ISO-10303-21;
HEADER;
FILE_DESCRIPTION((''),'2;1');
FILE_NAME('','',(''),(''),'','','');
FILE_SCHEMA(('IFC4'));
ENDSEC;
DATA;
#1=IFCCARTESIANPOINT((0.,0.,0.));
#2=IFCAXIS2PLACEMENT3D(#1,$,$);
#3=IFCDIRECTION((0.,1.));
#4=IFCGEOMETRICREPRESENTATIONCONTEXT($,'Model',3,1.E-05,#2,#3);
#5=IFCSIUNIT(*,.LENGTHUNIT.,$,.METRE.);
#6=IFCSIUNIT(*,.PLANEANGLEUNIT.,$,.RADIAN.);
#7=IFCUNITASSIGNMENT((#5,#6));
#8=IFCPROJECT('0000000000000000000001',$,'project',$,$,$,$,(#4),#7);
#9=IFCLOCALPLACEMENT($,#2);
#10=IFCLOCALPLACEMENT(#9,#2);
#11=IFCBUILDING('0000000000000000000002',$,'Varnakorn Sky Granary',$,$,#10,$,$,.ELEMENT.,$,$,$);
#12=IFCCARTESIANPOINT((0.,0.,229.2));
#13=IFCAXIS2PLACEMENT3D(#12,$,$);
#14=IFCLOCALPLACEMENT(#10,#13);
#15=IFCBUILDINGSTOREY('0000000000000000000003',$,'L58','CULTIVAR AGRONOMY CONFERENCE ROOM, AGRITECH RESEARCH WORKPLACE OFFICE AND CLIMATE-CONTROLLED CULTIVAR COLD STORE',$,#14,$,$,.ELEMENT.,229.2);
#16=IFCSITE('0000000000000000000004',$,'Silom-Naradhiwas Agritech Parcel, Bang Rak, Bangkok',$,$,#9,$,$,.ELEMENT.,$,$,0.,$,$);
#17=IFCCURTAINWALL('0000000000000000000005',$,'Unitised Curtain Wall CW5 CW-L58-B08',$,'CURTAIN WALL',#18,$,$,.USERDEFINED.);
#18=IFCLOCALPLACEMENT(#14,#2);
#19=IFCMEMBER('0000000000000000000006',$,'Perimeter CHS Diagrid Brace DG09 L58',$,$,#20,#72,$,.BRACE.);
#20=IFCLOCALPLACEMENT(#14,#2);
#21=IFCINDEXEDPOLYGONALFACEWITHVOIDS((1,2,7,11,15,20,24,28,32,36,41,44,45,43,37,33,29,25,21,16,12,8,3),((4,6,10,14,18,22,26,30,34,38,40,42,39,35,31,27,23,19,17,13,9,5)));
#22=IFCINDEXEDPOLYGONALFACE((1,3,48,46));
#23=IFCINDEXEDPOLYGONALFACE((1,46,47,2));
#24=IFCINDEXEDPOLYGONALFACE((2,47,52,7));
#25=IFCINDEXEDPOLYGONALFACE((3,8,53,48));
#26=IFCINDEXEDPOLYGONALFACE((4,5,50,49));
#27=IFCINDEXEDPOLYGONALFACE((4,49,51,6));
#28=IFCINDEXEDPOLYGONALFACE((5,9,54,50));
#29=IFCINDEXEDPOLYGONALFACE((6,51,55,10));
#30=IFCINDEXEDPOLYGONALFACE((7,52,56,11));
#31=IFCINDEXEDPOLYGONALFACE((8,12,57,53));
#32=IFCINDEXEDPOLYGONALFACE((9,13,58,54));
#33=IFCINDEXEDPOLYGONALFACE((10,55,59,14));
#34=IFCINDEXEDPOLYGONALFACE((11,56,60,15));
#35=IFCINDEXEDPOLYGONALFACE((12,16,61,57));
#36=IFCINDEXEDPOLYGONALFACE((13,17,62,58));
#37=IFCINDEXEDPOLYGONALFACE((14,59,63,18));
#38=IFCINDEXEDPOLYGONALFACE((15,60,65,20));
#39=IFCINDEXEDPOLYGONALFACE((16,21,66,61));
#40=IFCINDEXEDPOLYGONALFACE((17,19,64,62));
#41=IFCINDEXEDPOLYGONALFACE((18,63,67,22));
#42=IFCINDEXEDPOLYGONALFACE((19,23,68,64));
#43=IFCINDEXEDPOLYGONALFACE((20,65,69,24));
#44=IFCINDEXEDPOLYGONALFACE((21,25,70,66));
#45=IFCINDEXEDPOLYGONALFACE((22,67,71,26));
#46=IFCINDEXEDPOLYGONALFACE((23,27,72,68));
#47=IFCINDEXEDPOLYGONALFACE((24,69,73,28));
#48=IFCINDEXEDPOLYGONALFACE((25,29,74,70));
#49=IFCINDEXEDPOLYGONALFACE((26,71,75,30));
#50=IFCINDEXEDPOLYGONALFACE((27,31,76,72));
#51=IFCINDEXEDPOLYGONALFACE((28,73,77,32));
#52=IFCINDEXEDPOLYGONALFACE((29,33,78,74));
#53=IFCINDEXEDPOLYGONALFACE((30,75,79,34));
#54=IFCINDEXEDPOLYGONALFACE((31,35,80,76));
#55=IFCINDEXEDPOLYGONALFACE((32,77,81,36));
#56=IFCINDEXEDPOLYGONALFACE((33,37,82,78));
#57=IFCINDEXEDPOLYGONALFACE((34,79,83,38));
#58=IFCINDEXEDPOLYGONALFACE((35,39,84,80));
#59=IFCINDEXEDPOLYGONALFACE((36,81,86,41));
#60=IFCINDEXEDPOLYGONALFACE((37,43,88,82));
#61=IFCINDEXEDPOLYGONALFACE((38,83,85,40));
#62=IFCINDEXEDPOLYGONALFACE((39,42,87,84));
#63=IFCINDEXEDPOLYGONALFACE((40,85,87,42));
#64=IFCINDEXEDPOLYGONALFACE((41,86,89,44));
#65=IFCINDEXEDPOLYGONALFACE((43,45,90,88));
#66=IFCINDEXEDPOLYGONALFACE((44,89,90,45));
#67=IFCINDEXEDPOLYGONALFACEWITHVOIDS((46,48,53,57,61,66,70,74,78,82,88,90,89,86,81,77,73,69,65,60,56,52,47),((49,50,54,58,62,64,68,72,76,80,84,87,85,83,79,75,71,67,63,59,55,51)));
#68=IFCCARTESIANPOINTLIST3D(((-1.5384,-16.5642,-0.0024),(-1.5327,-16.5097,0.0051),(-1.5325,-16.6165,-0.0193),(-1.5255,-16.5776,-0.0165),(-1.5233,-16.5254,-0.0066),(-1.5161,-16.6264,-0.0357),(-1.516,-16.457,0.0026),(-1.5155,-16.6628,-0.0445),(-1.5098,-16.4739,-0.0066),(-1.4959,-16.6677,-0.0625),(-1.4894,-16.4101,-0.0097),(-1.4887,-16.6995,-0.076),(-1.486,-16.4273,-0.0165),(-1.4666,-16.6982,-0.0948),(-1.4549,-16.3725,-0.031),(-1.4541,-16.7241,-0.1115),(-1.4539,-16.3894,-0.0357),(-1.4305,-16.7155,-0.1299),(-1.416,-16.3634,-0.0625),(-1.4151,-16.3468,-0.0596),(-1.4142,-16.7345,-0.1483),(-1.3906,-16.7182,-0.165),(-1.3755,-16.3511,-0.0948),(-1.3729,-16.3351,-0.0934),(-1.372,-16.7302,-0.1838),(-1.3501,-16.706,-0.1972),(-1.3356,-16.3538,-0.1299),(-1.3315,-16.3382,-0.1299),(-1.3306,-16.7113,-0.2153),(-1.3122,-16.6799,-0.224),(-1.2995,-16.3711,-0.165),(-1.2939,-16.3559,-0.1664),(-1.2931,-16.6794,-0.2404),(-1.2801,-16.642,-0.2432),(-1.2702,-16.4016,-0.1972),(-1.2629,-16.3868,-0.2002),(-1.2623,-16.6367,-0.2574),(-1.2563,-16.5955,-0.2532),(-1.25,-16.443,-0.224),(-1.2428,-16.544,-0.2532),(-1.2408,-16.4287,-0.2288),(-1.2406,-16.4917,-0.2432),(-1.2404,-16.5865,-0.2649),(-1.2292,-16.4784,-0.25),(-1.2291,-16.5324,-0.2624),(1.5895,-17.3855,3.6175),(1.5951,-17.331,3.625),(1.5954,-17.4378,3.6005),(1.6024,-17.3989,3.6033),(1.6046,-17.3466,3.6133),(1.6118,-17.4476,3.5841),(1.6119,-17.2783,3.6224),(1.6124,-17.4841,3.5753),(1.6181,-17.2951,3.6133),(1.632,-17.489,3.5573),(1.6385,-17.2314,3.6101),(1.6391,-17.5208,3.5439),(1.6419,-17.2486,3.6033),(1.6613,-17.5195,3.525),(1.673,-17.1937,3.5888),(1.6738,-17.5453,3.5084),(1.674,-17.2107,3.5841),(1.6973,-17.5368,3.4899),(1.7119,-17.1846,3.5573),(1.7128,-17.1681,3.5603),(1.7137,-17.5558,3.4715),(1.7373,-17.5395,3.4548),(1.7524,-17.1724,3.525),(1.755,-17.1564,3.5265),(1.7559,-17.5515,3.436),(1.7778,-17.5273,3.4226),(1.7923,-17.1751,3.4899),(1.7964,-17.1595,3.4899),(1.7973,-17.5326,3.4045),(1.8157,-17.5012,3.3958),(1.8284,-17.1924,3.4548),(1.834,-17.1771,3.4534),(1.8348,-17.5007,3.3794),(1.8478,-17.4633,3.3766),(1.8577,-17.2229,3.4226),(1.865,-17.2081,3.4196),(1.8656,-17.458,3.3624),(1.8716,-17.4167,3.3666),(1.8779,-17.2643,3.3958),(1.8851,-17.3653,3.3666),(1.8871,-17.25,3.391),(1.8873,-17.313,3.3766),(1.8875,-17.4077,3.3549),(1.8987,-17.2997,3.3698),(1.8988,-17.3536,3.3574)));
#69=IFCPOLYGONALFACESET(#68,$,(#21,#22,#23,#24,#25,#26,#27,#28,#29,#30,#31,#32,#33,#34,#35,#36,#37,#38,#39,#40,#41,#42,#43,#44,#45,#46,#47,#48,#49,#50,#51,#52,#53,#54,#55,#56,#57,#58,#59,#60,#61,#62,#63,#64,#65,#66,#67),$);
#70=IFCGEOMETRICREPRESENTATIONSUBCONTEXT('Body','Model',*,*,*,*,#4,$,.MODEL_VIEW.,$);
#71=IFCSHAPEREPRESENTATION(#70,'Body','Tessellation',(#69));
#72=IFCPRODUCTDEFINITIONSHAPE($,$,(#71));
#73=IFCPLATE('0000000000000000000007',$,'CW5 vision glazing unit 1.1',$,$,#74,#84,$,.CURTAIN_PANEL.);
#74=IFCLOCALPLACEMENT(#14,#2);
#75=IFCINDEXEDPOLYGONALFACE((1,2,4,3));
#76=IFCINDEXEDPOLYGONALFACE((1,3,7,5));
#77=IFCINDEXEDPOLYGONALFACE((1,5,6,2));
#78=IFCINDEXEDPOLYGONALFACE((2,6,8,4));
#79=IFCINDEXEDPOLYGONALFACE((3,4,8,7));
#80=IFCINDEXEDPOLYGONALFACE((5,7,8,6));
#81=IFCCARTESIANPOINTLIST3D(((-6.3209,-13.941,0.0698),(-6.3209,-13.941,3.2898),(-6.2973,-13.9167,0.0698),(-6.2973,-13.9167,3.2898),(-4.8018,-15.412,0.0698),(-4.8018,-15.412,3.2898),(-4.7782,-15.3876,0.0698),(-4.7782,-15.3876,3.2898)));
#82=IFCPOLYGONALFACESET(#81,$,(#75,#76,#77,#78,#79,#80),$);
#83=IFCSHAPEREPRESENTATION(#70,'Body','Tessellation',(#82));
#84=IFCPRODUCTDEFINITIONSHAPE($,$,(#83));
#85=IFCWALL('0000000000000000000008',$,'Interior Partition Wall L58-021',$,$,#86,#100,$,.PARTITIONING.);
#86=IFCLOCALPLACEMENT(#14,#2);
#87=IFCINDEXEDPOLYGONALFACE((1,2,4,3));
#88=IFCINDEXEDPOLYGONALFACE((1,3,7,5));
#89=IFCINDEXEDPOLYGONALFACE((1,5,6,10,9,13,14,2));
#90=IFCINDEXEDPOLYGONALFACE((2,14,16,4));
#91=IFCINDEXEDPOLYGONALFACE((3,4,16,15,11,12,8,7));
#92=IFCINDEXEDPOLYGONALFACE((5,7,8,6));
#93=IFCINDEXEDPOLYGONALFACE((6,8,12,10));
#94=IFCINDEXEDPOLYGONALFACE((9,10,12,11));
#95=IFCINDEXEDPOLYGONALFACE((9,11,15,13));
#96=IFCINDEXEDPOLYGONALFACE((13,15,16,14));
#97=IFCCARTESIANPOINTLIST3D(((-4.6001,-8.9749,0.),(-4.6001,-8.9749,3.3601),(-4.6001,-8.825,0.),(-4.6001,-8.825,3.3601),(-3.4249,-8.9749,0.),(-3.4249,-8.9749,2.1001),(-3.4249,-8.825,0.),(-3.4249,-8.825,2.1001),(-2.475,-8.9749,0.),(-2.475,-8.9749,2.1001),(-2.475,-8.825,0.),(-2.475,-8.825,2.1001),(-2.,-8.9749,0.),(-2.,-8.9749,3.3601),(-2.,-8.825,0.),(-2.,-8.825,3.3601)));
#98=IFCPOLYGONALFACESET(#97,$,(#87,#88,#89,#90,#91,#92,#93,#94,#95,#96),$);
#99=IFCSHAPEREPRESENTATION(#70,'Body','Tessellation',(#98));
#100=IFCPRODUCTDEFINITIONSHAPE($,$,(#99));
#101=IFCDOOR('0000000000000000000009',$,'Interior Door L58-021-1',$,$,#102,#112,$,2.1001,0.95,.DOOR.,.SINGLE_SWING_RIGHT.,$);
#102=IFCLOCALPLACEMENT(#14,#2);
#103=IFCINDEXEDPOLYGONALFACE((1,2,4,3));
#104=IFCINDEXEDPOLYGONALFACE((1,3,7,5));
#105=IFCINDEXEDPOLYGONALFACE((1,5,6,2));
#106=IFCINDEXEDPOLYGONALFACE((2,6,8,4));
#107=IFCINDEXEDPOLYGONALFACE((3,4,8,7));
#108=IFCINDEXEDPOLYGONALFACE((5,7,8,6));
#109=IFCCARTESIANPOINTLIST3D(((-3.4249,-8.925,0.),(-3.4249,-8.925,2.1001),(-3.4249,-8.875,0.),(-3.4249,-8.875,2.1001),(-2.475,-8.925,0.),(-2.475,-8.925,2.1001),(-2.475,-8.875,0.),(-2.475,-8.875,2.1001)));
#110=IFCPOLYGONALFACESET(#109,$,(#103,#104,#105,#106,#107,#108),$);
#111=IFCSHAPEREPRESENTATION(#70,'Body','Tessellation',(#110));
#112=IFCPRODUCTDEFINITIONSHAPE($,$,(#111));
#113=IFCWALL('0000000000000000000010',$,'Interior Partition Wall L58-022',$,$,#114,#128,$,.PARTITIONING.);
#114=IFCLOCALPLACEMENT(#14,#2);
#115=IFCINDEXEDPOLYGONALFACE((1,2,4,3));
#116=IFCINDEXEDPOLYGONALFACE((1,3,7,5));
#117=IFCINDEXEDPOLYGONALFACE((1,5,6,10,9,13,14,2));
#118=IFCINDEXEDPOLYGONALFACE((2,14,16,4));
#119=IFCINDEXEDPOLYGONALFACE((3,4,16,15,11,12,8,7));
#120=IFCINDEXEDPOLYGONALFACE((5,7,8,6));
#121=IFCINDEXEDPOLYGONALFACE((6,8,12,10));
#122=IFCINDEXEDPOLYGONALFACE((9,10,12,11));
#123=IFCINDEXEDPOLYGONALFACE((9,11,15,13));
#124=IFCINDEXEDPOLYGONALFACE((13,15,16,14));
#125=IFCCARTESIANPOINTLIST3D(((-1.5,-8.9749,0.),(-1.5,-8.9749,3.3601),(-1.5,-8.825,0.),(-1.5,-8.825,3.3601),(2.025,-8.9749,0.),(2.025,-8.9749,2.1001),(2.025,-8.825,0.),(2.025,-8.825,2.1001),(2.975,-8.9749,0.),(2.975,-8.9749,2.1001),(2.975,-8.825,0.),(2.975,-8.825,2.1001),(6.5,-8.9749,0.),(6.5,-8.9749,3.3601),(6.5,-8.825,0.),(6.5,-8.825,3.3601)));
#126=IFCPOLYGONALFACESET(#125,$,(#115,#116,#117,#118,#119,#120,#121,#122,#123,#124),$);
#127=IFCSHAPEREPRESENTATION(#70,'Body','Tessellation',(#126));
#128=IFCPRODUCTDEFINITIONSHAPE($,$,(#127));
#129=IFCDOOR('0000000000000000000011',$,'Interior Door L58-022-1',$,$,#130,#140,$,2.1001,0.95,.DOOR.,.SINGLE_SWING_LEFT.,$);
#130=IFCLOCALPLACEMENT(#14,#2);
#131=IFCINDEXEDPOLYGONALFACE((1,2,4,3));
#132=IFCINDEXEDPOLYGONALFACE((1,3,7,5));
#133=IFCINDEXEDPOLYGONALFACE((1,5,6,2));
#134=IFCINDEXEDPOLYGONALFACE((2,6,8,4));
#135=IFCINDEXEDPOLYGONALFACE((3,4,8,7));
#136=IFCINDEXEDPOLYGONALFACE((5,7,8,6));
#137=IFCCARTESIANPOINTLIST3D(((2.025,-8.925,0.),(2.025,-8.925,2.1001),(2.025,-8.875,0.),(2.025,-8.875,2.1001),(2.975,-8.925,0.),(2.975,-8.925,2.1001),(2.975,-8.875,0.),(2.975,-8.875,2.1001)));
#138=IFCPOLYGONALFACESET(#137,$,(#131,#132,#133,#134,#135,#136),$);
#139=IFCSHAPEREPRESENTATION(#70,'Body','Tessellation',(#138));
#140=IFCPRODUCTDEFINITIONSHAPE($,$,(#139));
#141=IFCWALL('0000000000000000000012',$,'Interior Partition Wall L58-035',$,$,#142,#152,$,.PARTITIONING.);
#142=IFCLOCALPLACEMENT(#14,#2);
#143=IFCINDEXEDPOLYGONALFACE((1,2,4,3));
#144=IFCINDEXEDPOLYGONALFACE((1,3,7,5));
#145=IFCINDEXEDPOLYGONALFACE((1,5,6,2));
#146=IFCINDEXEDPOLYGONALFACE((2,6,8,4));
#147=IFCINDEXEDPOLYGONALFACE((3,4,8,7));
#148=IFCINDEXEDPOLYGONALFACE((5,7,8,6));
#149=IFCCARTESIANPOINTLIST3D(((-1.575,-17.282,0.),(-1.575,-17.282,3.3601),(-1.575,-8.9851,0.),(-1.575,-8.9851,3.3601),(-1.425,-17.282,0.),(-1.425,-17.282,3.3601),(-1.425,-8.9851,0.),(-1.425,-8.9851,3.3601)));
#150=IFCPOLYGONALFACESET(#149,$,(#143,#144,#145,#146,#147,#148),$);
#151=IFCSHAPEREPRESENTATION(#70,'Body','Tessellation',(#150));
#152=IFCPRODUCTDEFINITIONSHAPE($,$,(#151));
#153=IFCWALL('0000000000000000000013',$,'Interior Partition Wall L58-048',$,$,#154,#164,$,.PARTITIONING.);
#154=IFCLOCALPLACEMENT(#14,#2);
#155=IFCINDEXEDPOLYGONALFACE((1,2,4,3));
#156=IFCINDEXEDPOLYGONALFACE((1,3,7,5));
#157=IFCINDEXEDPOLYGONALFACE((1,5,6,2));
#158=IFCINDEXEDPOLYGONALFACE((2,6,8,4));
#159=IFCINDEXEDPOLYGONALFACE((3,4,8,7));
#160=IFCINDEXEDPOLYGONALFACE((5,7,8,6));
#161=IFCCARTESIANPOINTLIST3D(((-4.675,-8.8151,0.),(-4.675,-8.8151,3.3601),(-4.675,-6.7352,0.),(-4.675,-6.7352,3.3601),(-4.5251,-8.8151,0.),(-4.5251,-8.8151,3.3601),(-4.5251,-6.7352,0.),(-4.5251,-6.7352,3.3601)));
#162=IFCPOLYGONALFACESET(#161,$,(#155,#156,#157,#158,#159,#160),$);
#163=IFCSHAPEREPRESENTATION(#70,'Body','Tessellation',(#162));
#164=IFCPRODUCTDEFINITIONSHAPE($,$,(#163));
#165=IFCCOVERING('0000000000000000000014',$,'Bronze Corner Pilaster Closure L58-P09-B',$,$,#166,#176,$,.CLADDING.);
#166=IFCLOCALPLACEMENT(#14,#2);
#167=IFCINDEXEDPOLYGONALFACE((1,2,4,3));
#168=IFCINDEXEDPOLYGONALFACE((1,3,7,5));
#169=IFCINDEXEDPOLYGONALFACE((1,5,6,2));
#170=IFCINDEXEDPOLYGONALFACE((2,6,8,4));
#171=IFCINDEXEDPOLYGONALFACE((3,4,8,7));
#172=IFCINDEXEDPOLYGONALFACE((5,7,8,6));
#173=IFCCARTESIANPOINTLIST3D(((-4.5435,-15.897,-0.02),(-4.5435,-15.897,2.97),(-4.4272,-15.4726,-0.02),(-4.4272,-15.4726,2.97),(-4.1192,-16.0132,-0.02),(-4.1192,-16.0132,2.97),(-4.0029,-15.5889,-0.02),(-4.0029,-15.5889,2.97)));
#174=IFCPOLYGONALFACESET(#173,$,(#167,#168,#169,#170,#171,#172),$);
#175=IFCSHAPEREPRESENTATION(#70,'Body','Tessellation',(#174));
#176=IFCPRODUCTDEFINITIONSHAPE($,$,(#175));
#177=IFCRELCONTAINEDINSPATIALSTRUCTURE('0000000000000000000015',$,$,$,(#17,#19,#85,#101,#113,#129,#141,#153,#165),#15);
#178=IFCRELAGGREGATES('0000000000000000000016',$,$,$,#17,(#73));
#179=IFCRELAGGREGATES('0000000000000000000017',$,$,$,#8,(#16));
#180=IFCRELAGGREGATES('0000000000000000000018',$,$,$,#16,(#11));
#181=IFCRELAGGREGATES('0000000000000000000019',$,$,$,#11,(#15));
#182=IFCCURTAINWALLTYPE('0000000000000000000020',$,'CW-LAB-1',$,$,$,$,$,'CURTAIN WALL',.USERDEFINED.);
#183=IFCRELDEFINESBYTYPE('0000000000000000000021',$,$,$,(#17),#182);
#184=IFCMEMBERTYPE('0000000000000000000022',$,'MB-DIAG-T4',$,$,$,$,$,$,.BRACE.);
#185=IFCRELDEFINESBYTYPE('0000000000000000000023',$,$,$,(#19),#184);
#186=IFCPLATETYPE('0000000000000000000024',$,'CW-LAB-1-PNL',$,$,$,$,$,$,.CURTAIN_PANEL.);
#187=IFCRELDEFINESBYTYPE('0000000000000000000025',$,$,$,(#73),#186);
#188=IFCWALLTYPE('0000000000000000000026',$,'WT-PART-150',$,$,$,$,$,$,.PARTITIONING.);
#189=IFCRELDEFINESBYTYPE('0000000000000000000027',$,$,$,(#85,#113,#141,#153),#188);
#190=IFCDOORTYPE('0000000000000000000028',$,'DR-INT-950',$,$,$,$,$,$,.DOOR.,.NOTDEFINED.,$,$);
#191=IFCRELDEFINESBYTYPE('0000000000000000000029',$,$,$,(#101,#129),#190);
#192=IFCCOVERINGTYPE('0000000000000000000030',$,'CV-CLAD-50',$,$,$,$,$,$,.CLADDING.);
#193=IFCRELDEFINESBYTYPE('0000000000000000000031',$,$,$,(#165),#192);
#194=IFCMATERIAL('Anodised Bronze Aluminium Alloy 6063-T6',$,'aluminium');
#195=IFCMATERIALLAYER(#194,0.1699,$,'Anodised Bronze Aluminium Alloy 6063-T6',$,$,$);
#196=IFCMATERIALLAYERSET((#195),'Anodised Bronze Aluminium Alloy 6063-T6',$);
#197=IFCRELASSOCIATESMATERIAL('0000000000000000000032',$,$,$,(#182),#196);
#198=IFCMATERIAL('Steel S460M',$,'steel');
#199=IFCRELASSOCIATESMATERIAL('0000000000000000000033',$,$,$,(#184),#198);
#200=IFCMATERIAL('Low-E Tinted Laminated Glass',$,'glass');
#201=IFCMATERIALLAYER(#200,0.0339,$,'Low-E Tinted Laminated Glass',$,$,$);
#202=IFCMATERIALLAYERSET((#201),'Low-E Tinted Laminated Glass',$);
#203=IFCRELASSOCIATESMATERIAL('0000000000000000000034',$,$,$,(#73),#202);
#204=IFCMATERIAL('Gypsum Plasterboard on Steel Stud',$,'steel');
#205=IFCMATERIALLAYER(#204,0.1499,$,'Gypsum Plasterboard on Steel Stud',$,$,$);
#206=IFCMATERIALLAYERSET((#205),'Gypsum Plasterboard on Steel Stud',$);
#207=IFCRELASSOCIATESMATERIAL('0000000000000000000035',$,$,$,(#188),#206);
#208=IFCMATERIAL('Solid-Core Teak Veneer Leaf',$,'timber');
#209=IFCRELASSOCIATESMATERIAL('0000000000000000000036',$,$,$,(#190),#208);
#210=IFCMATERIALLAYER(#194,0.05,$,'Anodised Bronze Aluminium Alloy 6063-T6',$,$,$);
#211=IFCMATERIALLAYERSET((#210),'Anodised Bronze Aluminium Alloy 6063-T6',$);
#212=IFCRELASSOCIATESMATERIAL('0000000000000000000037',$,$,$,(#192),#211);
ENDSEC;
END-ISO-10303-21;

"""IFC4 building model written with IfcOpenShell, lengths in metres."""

from ifc_helpers import new_model, si_unit, direction, frame, frame_2d, origin, origin_2d, place, context, subcontext, project, spatial, rectangle, hollow_circle, extrude, source, transform, mapped, material, layer, layer_set, material_profile, profile_set, type_object, type_shapes, element, fill, aggregate, save


model = new_model("IFC4")

# Units and contexts
model_context = context("Model", 3, precision=1e-05, world=origin(), true_north=direction((0.0, 1.0)))
body_context = subcontext(model_context, "Body", "Model", "MODEL_VIEW")
ifc_project = project(units=[si_unit("LENGTHUNIT", "METRE"), si_unit("PLANEANGLEUNIT", "RADIAN")], contexts=[model_context])

# Site, building, storey
site_placement = place(None, origin())
site = spatial("IfcSite", under=ifc_project, at=site_placement, Name="Silom-Naradhiwas Agritech Parcel, Bang Rak, Bangkok", CompositionType="ELEMENT", RefElevation=0.0)
building_placement = place(site_placement, origin())
building = spatial("IfcBuilding", under=site, at=building_placement, Name="Varnakorn Sky Granary", CompositionType="ELEMENT")
storey_placement = place(building_placement, frame((0.0, 0.0, 229.2)))
storey = spatial("IfcBuildingStorey", under=building, at=storey_placement, Name="L58", Description="CULTIVAR AGRONOMY CONFERENCE ROOM, AGRITECH RESEARCH WORKPLACE OFFICE AND CLIMATE-CONTROLLED CULTIVAR COLD STORE", CompositionType="ELEMENT", Elevation=229.2)

# Shared definitions
ifc_material_1 = material(Name="Steel S460M", Category="steel")

# Curtain wall
ifc_material_2 = material(Name="Anodised Bronze Aluminium Alloy 6063-T6", Category="aluminium")
ifc_layer_1 = layer(ifc_material_2, 0.1699, Name="Anodised Bronze Aluminium Alloy 6063-T6")
ifc_layer_set_1 = layer_set([ifc_layer_1], Name="Anodised Bronze Aluminium Alloy 6063-T6")
curtain_wall_type = type_object("IfcCurtainWallType", Name="CW-LAB-1", ElementType="CURTAIN WALL", PredefinedType="USERDEFINED", material=ifc_layer_set_1)
curtain_wall_placement = place(storey_placement, origin())
curtain_wall = element("IfcCurtainWall", 1, at=curtain_wall_placement, inside=storey, type_object=curtain_wall_type, Name="Unitised Curtain Wall CW5 CW-L58-B08", ObjectType="CURTAIN WALL", PredefinedType="USERDEFINED")

# Member
ifc_material_profile_1 = material_profile(ifc_material_1, hollow_circle(Radius=0.2031, WallThickness=0.0161, at=origin_2d()), Name="CHS 406.4x16")
ifc_profile_set_1 = profile_set([ifc_material_profile_1], Name="Steel S460M")
member_type_1 = type_object("IfcMemberType", Name="MB-DIAG-T4", PredefinedType="BRACE", material=ifc_profile_set_1)
member_1_placement = place(storey_placement, frame((-1.3831, -16.5347, -0.1299), z_axis=(0.644394, -0.169196, 0.745741), x_axis=(0.253958, 0.967215, 0.0)))
element("IfcMember", 2, at=member_1_placement, inside=storey, type_object=member_type_1, Name="Perimeter CHS Diagrid Brace DG09 L58", PredefinedType="BRACE", context=body_context, shape_type="SweptSolid", body=[
    extrude(hollow_circle(Radius=0.2031, WallThickness=0.0161, at=origin_2d()), origin(), (0.0, 0.0, 1.0), 4.854),
])

# Plate
ifc_material_3 = material(Name="Low-E Tinted Laminated Glass", Category="glass")
ifc_layer_2 = layer(ifc_material_3, 0.0339, Name="Low-E Tinted Laminated Glass")
ifc_layer_set_2 = layer_set([ifc_layer_2], Name="Low-E Tinted Laminated Glass")
plate_type = type_object("IfcPlateType", Name="CW-LAB-1-PNL", PredefinedType="CURTAIN_PANEL")
shared_shape_1 = source(origin(), body_context, "Body", "SweptSolid", [
    extrude(rectangle(XDim=2.1145, YDim=0.0339, at=origin_2d()), origin(), (0.0, 0.0, 1.0), 3.22),
])
type_shapes(plate_type, [shared_shape_1])
plate_placement = place(storey_placement, frame((-5.5496, -14.6643, 0.0698), z_axis=(0.0, 0.0, 1.0), x_axis=(-0.71839, 0.69564, 0.0)))
plate = element("IfcPlate", 3, at=plate_placement, type_object=plate_type, material=ifc_layer_set_2, Name="CW5 vision glazing unit 1.1", PredefinedType="CURTAIN_PANEL", context=body_context, shape_type="MappedRepresentation", body=[
    mapped(shared_shape_1, transform((0.0, 0.0, 0.0), x_axis=(1.0, 0.0, 0.0), y_axis=(0.0, 1.0, 0.0), z_axis=(0.0, 0.0, 1.0), scale=1.0)),
])
aggregate(curtain_wall, [plate])

# Walls, openings, doors
ifc_material_4 = material(Name="Gypsum Plasterboard on Steel Stud", Category="steel")
ifc_layer_3 = layer(ifc_material_4, 0.1499, Name="Gypsum Plasterboard on Steel Stud")
ifc_layer_set_3 = layer_set([ifc_layer_3], Name="Gypsum Plasterboard on Steel Stud")
wall_type = type_object("IfcWallType", Name="WT-PART-150", PredefinedType="PARTITIONING", material=ifc_layer_set_3)
wall_1_placement = place(storey_placement, frame((-4.6001, -8.8999, 0.0), z_axis=(0.0, 0.0, 1.0), x_axis=(1.0, 0.0, 0.0)))
wall_1 = element("IfcWall", 4, at=wall_1_placement, inside=storey, type_object=wall_type, Name="Interior Partition Wall L58-021", PredefinedType="PARTITIONING", context=body_context, shape_type="SweptSolid", body=[
    extrude(rectangle(XDim=2.6001, YDim=0.1499, at=frame_2d((1.3, 0.0))), origin(), (0.0, 0.0, 1.0), 3.3601),
])
opening_1_placement = place(wall_1_placement, frame((1.175, 0.0, 0.0)))
opening_1 = element("IfcOpeningElement", 5, at=opening_1_placement, cuts=wall_1, PredefinedType="OPENING", context=body_context, shape_type="SweptSolid", body=[
    extrude(rectangle(XDim=0.95, YDim=2.1001, at=frame_2d((0.4751, 1.05))), frame((0.0, 0.085, 0.0), z_axis=(0.0, -1.0, 0.0), x_axis=(1.0, 0.0, 0.0)), (0.0, 0.0, 1.0), 0.1699),
])
ifc_material_5 = material(Name="Solid-Core Teak Veneer Leaf", Category="timber")
door_type = type_object("IfcDoorType", Name="DR-INT-950", OperationType="NOTDEFINED", PredefinedType="DOOR", material=ifc_material_5)
door_1_placement = place(opening_1_placement, origin())
door_1 = element("IfcDoor", 6, at=door_1_placement, inside=storey, type_object=door_type, Name="Interior Door L58-021-1", OperationType="SINGLE_SWING_RIGHT", OverallHeight=2.1001, OverallWidth=0.95, PredefinedType="DOOR", context=body_context, shape_type="SweptSolid", body=[
    extrude(rectangle(XDim=0.95, YDim=2.1001, at=frame_2d((0.4751, 1.05))), frame((0.0, 0.0249, 0.0), z_axis=(0.0, -1.0, 0.0), x_axis=(1.0, 0.0, 0.0)), (0.0, 0.0, 1.0), 0.05),
])
fill(opening_1, door_1)
wall_2_placement = place(storey_placement, frame((-1.5, -8.8999, 0.0), z_axis=(0.0, 0.0, 1.0), x_axis=(1.0, 0.0, 0.0)))
wall_2 = element("IfcWall", 7, at=wall_2_placement, inside=storey, type_object=wall_type, Name="Interior Partition Wall L58-022", PredefinedType="PARTITIONING", context=body_context, shape_type="SweptSolid", body=[
    extrude(rectangle(XDim=8.0, YDim=0.1499, at=frame_2d((4.0, 0.0))), origin(), (0.0, 0.0, 1.0), 3.3601),
])
opening_2_placement = place(wall_2_placement, frame((3.5249, 0.0, 0.0)))
opening_2 = element("IfcOpeningElement", 8, at=opening_2_placement, cuts=wall_2, PredefinedType="OPENING", context=body_context, shape_type="SweptSolid", body=[
    extrude(rectangle(XDim=0.95, YDim=2.1001, at=frame_2d((0.4751, 1.05))), frame((0.0, 0.085, 0.0), z_axis=(0.0, -1.0, 0.0), x_axis=(1.0, 0.0, 0.0)), (0.0, 0.0, 1.0), 0.1699),
])
door_2_placement = place(opening_2_placement, origin())
door_2 = element("IfcDoor", 9, at=door_2_placement, inside=storey, type_object=door_type, Name="Interior Door L58-022-1", OperationType="SINGLE_SWING_LEFT", OverallHeight=2.1001, OverallWidth=0.95, PredefinedType="DOOR", context=body_context, shape_type="SweptSolid", body=[
    extrude(rectangle(XDim=0.95, YDim=2.1001, at=frame_2d((0.4751, 1.05))), frame((0.0, 0.0249, 0.0), z_axis=(0.0, -1.0, 0.0), x_axis=(1.0, 0.0, 0.0)), (0.0, 0.0, 1.0), 0.05),
])
fill(opening_2, door_2)

# Walls
wall_3_placement = place(storey_placement, frame((-1.5, -8.9851, 0.0), z_axis=(0.0, 0.0, 1.0), x_axis=(0.0, -1.0, 0.0)))
element("IfcWall", 10, at=wall_3_placement, inside=storey, type_object=wall_type, Name="Interior Partition Wall L58-035", PredefinedType="PARTITIONING", context=body_context, shape_type="SweptSolid", body=[
    extrude(rectangle(XDim=8.2969, YDim=0.1499, at=frame_2d((4.1484, 0.0))), origin(), (0.0, 0.0, 1.0), 3.3601),
])
wall_4_placement = place(storey_placement, frame((-4.6001, -6.7351, 0.0), z_axis=(0.0, 0.0, 1.0), x_axis=(0.0, -1.0, 0.0)))
element("IfcWall", 11, at=wall_4_placement, inside=storey, type_object=wall_type, Name="Interior Partition Wall L58-048", PredefinedType="PARTITIONING", context=body_context, shape_type="SweptSolid", body=[
    extrude(rectangle(XDim=2.0798, YDim=0.1499, at=frame_2d((1.04, 0.0))), origin(), (0.0, 0.0, 1.0), 3.3601),
])

# Covering
ifc_layer_4 = layer(ifc_material_2, 0.05, Name="Anodised Bronze Aluminium Alloy 6063-T6")
ifc_layer_set_4 = layer_set([ifc_layer_4], Name="Anodised Bronze Aluminium Alloy 6063-T6")
covering_type = type_object("IfcCoveringType", Name="CV-CLAD-50", PredefinedType="CLADDING", material=ifc_layer_set_4)
shared_shape_2 = source(origin(), body_context, "Body", "SweptSolid", [
    extrude(rectangle(XDim=0.4399, YDim=0.4399, at=origin_2d()), origin(), (0.0, 0.0, 1.0), 2.99),
])
type_shapes(covering_type, [shared_shape_2])
covering_placement = place(storey_placement, frame((-4.2732, -15.7429, -0.02), z_axis=(0.0, 0.0, 1.0), x_axis=(-0.964465, 0.26421, 0.0)))
element("IfcCovering", 12, at=covering_placement, inside=storey, type_object=covering_type, Name="Bronze Corner Pilaster Closure L58-P09-B", PredefinedType="CLADDING", context=body_context, shape_type="MappedRepresentation", body=[
    mapped(shared_shape_2, transform((0.0, 0.0, 0.0), x_axis=(1.0, 0.0, 0.0), y_axis=(0.0, 1.0, 0.0), z_axis=(0.0, 0.0, 1.0), scale=1.0)),
])

save(model, "model.ifc")
